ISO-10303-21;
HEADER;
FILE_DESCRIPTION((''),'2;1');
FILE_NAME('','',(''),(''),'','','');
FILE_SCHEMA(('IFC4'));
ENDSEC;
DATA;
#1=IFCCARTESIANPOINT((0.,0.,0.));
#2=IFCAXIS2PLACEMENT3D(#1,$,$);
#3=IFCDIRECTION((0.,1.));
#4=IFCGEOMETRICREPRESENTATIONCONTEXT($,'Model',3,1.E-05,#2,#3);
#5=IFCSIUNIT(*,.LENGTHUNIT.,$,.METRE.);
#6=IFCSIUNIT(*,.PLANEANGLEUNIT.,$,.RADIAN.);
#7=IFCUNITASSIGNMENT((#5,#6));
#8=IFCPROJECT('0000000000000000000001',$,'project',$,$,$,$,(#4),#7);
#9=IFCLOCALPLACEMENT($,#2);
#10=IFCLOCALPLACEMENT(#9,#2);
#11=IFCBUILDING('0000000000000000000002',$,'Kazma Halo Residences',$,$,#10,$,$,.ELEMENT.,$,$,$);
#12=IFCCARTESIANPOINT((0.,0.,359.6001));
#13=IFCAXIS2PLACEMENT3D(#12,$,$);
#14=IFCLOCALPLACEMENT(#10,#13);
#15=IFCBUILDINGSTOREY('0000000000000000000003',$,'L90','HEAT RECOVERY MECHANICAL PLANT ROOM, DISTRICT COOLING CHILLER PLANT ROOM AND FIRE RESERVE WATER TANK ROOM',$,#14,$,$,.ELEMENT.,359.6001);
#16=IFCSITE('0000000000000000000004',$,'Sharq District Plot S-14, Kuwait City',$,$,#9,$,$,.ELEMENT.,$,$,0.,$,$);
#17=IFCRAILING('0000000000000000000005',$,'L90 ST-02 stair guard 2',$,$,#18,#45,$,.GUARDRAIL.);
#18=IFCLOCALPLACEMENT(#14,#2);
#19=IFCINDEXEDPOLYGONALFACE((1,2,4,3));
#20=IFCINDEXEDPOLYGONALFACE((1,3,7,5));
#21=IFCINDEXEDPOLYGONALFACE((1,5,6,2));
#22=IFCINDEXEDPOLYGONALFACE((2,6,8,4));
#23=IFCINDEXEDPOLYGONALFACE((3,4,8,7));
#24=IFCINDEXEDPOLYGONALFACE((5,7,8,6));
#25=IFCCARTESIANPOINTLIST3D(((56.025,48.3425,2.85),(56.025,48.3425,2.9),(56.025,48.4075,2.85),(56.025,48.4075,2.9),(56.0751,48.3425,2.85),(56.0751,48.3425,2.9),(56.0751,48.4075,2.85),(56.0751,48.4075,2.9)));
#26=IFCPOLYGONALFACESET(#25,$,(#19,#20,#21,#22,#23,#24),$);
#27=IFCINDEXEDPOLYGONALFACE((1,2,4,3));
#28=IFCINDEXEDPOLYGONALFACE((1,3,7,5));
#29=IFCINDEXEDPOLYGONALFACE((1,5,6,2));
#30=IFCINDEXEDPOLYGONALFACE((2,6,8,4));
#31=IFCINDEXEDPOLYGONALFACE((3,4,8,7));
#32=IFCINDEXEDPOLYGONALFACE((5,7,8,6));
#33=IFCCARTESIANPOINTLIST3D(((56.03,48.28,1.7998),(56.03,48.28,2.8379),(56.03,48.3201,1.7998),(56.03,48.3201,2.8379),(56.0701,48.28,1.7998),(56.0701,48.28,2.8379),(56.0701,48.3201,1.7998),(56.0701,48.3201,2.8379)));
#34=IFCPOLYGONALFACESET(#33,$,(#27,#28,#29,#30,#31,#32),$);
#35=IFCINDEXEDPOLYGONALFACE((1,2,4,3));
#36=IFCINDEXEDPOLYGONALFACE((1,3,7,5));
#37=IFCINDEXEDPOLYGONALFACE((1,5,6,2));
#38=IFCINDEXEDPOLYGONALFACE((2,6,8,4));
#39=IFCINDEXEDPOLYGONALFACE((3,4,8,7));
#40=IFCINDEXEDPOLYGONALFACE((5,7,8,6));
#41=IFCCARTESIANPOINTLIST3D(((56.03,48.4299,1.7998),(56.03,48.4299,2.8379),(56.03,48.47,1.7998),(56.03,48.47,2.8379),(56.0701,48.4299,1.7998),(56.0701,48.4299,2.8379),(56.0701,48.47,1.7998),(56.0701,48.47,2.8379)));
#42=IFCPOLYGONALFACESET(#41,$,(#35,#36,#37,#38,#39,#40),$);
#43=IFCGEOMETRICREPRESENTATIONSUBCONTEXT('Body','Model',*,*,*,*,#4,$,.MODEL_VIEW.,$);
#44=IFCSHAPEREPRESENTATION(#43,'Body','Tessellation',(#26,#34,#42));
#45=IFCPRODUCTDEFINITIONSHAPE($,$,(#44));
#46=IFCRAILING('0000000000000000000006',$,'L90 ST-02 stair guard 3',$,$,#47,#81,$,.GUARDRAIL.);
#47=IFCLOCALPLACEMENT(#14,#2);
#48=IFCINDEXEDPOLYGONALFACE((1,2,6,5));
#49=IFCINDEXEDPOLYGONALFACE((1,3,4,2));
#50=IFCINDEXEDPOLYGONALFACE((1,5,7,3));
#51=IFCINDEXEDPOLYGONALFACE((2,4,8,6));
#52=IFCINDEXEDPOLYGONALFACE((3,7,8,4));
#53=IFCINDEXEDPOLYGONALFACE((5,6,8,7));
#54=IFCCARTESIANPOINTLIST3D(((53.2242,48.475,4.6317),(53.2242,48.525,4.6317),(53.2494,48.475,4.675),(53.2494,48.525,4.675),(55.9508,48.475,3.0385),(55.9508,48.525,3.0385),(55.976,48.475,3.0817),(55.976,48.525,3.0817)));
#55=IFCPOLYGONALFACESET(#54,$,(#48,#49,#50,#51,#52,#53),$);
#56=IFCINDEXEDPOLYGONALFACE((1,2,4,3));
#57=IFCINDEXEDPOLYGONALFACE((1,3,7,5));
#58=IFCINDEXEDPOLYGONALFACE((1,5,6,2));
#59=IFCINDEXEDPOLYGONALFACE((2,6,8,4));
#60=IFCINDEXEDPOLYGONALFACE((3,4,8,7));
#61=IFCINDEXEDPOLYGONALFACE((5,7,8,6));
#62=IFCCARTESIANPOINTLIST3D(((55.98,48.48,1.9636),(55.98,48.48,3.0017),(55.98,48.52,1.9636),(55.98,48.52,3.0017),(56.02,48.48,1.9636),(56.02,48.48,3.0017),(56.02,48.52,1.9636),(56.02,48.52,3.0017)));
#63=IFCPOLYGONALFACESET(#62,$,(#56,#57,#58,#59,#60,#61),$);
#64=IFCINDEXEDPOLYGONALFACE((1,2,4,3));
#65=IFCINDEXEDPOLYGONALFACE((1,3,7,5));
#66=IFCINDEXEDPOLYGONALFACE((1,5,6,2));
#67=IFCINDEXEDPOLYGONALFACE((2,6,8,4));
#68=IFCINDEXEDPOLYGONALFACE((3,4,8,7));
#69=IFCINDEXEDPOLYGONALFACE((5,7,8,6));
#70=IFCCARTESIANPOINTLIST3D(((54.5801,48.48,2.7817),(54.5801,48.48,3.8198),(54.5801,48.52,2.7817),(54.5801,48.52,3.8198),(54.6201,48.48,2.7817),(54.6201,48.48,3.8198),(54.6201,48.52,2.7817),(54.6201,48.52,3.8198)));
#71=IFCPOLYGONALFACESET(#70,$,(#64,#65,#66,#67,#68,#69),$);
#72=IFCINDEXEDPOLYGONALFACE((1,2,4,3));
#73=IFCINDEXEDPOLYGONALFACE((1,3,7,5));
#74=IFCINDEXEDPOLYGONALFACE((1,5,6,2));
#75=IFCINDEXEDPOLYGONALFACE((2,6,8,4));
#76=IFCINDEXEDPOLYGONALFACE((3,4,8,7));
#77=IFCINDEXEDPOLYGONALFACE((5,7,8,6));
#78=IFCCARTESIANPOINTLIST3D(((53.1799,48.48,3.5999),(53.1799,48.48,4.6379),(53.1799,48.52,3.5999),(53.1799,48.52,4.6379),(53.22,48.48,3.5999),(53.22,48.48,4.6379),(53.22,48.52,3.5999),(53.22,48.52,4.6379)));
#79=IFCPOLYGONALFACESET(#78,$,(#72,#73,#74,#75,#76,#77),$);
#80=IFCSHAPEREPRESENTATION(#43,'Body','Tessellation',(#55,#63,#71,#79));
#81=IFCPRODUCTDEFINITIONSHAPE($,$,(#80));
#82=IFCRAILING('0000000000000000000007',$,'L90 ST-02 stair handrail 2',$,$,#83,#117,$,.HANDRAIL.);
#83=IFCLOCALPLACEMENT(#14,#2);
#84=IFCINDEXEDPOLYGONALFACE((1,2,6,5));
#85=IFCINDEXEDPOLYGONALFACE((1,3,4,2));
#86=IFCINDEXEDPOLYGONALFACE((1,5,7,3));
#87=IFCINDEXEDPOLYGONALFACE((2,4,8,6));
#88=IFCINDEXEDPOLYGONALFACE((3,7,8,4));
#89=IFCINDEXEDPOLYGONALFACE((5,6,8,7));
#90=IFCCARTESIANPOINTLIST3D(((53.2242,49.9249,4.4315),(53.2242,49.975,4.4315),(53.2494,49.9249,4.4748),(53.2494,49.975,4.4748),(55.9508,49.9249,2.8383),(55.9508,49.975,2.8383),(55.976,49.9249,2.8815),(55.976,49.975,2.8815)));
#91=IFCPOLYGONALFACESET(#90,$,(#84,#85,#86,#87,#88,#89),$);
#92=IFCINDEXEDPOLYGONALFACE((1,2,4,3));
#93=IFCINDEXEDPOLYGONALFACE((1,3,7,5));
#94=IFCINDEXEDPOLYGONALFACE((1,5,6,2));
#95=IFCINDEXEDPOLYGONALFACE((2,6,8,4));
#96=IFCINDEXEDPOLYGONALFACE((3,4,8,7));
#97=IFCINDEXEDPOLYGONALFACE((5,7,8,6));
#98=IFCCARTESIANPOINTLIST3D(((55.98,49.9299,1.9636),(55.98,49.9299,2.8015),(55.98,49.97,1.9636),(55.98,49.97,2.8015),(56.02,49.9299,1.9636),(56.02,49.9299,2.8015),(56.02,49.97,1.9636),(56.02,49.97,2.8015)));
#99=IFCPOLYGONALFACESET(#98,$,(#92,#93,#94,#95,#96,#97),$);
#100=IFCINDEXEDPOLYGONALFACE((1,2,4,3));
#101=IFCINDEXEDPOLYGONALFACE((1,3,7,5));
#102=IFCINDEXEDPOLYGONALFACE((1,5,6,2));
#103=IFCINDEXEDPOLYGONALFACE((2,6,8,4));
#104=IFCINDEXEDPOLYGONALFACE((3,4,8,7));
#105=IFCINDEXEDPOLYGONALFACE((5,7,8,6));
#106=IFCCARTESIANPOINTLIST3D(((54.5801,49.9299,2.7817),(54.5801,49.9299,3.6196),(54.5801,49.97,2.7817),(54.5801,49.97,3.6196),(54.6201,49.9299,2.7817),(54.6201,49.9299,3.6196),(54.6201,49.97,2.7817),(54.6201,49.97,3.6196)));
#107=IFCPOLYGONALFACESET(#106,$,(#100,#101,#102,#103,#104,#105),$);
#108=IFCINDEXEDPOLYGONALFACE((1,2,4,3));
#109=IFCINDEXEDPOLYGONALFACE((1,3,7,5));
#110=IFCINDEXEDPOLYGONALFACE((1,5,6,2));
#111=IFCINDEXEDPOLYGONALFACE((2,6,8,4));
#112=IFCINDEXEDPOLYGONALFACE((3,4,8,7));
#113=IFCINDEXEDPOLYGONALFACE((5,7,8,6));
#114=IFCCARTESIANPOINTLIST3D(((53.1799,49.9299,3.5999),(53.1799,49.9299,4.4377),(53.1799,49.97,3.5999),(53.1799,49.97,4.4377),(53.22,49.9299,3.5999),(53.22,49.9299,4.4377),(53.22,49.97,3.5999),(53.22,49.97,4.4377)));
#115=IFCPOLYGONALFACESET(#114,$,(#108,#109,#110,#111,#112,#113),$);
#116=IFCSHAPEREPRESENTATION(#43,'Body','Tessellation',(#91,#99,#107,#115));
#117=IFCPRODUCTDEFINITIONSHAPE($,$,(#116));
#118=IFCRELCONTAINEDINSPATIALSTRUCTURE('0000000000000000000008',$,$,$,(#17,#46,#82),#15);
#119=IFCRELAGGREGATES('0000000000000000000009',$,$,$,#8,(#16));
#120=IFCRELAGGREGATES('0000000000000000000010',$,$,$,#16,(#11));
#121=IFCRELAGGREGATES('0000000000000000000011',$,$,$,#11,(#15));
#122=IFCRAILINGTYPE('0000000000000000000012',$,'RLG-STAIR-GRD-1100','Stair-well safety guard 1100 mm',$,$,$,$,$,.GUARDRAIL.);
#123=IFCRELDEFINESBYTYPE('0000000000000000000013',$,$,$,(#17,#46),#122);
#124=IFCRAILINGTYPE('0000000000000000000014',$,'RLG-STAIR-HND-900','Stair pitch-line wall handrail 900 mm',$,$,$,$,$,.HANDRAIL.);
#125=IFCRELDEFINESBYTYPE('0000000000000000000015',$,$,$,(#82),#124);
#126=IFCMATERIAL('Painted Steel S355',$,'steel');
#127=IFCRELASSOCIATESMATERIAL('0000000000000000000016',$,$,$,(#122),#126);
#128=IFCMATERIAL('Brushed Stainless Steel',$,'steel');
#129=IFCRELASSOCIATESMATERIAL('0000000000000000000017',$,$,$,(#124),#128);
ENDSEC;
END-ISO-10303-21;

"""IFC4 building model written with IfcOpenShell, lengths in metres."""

from ifc_helpers import new_model, si_unit, direction, frame, origin, origin_2d, place, context, subcontext, project, spatial, rectangle, extrude, material, type_object, element, save


model = new_model("IFC4")

# Units and contexts
model_context = context("Model", 3, precision=1e-05, world=origin(), true_north=direction((0.0, 1.0)))
body_context = subcontext(model_context, "Body", "Model", "MODEL_VIEW")
ifc_project = project(units=[si_unit("LENGTHUNIT", "METRE"), si_unit("PLANEANGLEUNIT", "RADIAN")], contexts=[model_context])

# Site, building, storey
site_placement = place(None, origin())
site = spatial("IfcSite", under=ifc_project, at=site_placement, Name="Sharq District Plot S-14, Kuwait City", CompositionType="ELEMENT", RefElevation=0.0)
building_placement = place(site_placement, origin())
building = spatial("IfcBuilding", under=site, at=building_placement, Name="Kazma Halo Residences", CompositionType="ELEMENT")
storey_placement = place(building_placement, frame((0.0, 0.0, 359.6001)))
storey = spatial("IfcBuildingStorey", under=building, at=storey_placement, Name="L90", Description="HEAT RECOVERY MECHANICAL PLANT ROOM, DISTRICT COOLING CHILLER PLANT ROOM AND FIRE RESERVE WATER TANK ROOM", CompositionType="ELEMENT", Elevation=359.6001)

# Railings
ifc_material_1 = material(Name="Painted Steel S355", Category="steel")
railing_type_1 = type_object("IfcRailingType", Name="RLG-STAIR-GRD-1100", Description="Stair-well safety guard 1100 mm", PredefinedType="GUARDRAIL", material=ifc_material_1)
railing_1_placement = place(storey_placement, frame((56.05, 48.3, 1.7998)))
element("IfcRailing", 1, at=railing_1_placement, inside=storey, type_object=railing_type_1, Name="L90 ST-02 stair guard 2", PredefinedType="GUARDRAIL", context=body_context, shape_type="SweptSolid", body=[
    extrude(rectangle(XDim=0.05, YDim=0.05, at=origin_2d()), frame((0.0, 0.0425, 1.0752), z_axis=(0.0, 1.0, 0.0), x_axis=(-1.0, 0.0, 0.0)), (0.0, 0.0, 1.0), 0.0649),
    extrude(rectangle(XDim=0.04, YDim=0.04, at=origin_2d()), origin(), (0.0, 0.0, 1.0), 1.0381),
    extrude(rectangle(XDim=0.04, YDim=0.04, at=origin_2d()), frame((0.0, 0.1499, 0.0)), (0.0, 0.0, 1.0), 1.0381),
])
railing_2_placement = place(storey_placement, frame((56.0, 48.5, 1.9636)))
element("IfcRailing", 2, at=railing_2_placement, inside=storey, type_object=railing_type_1, Name="L90 ST-02 stair guard 3", PredefinedType="GUARDRAIL", context=body_context, shape_type="SweptSolid", body=[
    extrude(rectangle(XDim=0.05, YDim=0.05, at=origin_2d()), frame((-0.0366, 0.0, 1.0964), z_axis=(-0.863394, 0.0, 0.504531), x_axis=(0.0, -1.0, 0.0)), (0.0, 0.0, 1.0), 3.158),
    extrude(rectangle(XDim=0.04, YDim=0.04, at=origin_2d()), origin(), (0.0, 0.0, 1.0), 1.0381),
    extrude(rectangle(XDim=0.04, YDim=0.04, at=origin_2d()), frame((-1.3999, 0.0, 0.8181)), (0.0, 0.0, 1.0), 1.0381),
    extrude(rectangle(XDim=0.04, YDim=0.04, at=origin_2d()), frame((-2.8, 0.0, 1.6362)), (0.0, 0.0, 1.0), 1.0381),
])
ifc_material_2 = material(Name="Brushed Stainless Steel", Category="steel")
railing_type_2 = type_object("IfcRailingType", Name="RLG-STAIR-HND-900", Description="Stair pitch-line wall handrail 900 mm", PredefinedType="HANDRAIL", material=ifc_material_2)
railing_3_placement = place(storey_placement, frame((56.0, 49.95, 1.9636)))
element("IfcRailing", 3, at=railing_3_placement, inside=storey, type_object=railing_type_2, Name="L90 ST-02 stair handrail 2", PredefinedType="HANDRAIL", context=body_context, shape_type="SweptSolid", body=[
    extrude(rectangle(XDim=0.05, YDim=0.05, at=origin_2d()), frame((-0.0366, 0.0, 0.8962), z_axis=(-0.863394, 0.0, 0.504531), x_axis=(0.0, -1.0, 0.0)), (0.0, 0.0, 1.0), 3.158),
    extrude(rectangle(XDim=0.04, YDim=0.04, at=origin_2d()), origin(), (0.0, 0.0, 1.0), 0.8379),
    extrude(rectangle(XDim=0.04, YDim=0.04, at=origin_2d()), frame((-1.3999, 0.0, 0.8181)), (0.0, 0.0, 1.0), 0.8379),
    extrude(rectangle(XDim=0.04, YDim=0.04, at=origin_2d()), frame((-2.8, 0.0, 1.6362)), (0.0, 0.0, 1.0), 0.8379),
])

save(model, "model.ifc")
